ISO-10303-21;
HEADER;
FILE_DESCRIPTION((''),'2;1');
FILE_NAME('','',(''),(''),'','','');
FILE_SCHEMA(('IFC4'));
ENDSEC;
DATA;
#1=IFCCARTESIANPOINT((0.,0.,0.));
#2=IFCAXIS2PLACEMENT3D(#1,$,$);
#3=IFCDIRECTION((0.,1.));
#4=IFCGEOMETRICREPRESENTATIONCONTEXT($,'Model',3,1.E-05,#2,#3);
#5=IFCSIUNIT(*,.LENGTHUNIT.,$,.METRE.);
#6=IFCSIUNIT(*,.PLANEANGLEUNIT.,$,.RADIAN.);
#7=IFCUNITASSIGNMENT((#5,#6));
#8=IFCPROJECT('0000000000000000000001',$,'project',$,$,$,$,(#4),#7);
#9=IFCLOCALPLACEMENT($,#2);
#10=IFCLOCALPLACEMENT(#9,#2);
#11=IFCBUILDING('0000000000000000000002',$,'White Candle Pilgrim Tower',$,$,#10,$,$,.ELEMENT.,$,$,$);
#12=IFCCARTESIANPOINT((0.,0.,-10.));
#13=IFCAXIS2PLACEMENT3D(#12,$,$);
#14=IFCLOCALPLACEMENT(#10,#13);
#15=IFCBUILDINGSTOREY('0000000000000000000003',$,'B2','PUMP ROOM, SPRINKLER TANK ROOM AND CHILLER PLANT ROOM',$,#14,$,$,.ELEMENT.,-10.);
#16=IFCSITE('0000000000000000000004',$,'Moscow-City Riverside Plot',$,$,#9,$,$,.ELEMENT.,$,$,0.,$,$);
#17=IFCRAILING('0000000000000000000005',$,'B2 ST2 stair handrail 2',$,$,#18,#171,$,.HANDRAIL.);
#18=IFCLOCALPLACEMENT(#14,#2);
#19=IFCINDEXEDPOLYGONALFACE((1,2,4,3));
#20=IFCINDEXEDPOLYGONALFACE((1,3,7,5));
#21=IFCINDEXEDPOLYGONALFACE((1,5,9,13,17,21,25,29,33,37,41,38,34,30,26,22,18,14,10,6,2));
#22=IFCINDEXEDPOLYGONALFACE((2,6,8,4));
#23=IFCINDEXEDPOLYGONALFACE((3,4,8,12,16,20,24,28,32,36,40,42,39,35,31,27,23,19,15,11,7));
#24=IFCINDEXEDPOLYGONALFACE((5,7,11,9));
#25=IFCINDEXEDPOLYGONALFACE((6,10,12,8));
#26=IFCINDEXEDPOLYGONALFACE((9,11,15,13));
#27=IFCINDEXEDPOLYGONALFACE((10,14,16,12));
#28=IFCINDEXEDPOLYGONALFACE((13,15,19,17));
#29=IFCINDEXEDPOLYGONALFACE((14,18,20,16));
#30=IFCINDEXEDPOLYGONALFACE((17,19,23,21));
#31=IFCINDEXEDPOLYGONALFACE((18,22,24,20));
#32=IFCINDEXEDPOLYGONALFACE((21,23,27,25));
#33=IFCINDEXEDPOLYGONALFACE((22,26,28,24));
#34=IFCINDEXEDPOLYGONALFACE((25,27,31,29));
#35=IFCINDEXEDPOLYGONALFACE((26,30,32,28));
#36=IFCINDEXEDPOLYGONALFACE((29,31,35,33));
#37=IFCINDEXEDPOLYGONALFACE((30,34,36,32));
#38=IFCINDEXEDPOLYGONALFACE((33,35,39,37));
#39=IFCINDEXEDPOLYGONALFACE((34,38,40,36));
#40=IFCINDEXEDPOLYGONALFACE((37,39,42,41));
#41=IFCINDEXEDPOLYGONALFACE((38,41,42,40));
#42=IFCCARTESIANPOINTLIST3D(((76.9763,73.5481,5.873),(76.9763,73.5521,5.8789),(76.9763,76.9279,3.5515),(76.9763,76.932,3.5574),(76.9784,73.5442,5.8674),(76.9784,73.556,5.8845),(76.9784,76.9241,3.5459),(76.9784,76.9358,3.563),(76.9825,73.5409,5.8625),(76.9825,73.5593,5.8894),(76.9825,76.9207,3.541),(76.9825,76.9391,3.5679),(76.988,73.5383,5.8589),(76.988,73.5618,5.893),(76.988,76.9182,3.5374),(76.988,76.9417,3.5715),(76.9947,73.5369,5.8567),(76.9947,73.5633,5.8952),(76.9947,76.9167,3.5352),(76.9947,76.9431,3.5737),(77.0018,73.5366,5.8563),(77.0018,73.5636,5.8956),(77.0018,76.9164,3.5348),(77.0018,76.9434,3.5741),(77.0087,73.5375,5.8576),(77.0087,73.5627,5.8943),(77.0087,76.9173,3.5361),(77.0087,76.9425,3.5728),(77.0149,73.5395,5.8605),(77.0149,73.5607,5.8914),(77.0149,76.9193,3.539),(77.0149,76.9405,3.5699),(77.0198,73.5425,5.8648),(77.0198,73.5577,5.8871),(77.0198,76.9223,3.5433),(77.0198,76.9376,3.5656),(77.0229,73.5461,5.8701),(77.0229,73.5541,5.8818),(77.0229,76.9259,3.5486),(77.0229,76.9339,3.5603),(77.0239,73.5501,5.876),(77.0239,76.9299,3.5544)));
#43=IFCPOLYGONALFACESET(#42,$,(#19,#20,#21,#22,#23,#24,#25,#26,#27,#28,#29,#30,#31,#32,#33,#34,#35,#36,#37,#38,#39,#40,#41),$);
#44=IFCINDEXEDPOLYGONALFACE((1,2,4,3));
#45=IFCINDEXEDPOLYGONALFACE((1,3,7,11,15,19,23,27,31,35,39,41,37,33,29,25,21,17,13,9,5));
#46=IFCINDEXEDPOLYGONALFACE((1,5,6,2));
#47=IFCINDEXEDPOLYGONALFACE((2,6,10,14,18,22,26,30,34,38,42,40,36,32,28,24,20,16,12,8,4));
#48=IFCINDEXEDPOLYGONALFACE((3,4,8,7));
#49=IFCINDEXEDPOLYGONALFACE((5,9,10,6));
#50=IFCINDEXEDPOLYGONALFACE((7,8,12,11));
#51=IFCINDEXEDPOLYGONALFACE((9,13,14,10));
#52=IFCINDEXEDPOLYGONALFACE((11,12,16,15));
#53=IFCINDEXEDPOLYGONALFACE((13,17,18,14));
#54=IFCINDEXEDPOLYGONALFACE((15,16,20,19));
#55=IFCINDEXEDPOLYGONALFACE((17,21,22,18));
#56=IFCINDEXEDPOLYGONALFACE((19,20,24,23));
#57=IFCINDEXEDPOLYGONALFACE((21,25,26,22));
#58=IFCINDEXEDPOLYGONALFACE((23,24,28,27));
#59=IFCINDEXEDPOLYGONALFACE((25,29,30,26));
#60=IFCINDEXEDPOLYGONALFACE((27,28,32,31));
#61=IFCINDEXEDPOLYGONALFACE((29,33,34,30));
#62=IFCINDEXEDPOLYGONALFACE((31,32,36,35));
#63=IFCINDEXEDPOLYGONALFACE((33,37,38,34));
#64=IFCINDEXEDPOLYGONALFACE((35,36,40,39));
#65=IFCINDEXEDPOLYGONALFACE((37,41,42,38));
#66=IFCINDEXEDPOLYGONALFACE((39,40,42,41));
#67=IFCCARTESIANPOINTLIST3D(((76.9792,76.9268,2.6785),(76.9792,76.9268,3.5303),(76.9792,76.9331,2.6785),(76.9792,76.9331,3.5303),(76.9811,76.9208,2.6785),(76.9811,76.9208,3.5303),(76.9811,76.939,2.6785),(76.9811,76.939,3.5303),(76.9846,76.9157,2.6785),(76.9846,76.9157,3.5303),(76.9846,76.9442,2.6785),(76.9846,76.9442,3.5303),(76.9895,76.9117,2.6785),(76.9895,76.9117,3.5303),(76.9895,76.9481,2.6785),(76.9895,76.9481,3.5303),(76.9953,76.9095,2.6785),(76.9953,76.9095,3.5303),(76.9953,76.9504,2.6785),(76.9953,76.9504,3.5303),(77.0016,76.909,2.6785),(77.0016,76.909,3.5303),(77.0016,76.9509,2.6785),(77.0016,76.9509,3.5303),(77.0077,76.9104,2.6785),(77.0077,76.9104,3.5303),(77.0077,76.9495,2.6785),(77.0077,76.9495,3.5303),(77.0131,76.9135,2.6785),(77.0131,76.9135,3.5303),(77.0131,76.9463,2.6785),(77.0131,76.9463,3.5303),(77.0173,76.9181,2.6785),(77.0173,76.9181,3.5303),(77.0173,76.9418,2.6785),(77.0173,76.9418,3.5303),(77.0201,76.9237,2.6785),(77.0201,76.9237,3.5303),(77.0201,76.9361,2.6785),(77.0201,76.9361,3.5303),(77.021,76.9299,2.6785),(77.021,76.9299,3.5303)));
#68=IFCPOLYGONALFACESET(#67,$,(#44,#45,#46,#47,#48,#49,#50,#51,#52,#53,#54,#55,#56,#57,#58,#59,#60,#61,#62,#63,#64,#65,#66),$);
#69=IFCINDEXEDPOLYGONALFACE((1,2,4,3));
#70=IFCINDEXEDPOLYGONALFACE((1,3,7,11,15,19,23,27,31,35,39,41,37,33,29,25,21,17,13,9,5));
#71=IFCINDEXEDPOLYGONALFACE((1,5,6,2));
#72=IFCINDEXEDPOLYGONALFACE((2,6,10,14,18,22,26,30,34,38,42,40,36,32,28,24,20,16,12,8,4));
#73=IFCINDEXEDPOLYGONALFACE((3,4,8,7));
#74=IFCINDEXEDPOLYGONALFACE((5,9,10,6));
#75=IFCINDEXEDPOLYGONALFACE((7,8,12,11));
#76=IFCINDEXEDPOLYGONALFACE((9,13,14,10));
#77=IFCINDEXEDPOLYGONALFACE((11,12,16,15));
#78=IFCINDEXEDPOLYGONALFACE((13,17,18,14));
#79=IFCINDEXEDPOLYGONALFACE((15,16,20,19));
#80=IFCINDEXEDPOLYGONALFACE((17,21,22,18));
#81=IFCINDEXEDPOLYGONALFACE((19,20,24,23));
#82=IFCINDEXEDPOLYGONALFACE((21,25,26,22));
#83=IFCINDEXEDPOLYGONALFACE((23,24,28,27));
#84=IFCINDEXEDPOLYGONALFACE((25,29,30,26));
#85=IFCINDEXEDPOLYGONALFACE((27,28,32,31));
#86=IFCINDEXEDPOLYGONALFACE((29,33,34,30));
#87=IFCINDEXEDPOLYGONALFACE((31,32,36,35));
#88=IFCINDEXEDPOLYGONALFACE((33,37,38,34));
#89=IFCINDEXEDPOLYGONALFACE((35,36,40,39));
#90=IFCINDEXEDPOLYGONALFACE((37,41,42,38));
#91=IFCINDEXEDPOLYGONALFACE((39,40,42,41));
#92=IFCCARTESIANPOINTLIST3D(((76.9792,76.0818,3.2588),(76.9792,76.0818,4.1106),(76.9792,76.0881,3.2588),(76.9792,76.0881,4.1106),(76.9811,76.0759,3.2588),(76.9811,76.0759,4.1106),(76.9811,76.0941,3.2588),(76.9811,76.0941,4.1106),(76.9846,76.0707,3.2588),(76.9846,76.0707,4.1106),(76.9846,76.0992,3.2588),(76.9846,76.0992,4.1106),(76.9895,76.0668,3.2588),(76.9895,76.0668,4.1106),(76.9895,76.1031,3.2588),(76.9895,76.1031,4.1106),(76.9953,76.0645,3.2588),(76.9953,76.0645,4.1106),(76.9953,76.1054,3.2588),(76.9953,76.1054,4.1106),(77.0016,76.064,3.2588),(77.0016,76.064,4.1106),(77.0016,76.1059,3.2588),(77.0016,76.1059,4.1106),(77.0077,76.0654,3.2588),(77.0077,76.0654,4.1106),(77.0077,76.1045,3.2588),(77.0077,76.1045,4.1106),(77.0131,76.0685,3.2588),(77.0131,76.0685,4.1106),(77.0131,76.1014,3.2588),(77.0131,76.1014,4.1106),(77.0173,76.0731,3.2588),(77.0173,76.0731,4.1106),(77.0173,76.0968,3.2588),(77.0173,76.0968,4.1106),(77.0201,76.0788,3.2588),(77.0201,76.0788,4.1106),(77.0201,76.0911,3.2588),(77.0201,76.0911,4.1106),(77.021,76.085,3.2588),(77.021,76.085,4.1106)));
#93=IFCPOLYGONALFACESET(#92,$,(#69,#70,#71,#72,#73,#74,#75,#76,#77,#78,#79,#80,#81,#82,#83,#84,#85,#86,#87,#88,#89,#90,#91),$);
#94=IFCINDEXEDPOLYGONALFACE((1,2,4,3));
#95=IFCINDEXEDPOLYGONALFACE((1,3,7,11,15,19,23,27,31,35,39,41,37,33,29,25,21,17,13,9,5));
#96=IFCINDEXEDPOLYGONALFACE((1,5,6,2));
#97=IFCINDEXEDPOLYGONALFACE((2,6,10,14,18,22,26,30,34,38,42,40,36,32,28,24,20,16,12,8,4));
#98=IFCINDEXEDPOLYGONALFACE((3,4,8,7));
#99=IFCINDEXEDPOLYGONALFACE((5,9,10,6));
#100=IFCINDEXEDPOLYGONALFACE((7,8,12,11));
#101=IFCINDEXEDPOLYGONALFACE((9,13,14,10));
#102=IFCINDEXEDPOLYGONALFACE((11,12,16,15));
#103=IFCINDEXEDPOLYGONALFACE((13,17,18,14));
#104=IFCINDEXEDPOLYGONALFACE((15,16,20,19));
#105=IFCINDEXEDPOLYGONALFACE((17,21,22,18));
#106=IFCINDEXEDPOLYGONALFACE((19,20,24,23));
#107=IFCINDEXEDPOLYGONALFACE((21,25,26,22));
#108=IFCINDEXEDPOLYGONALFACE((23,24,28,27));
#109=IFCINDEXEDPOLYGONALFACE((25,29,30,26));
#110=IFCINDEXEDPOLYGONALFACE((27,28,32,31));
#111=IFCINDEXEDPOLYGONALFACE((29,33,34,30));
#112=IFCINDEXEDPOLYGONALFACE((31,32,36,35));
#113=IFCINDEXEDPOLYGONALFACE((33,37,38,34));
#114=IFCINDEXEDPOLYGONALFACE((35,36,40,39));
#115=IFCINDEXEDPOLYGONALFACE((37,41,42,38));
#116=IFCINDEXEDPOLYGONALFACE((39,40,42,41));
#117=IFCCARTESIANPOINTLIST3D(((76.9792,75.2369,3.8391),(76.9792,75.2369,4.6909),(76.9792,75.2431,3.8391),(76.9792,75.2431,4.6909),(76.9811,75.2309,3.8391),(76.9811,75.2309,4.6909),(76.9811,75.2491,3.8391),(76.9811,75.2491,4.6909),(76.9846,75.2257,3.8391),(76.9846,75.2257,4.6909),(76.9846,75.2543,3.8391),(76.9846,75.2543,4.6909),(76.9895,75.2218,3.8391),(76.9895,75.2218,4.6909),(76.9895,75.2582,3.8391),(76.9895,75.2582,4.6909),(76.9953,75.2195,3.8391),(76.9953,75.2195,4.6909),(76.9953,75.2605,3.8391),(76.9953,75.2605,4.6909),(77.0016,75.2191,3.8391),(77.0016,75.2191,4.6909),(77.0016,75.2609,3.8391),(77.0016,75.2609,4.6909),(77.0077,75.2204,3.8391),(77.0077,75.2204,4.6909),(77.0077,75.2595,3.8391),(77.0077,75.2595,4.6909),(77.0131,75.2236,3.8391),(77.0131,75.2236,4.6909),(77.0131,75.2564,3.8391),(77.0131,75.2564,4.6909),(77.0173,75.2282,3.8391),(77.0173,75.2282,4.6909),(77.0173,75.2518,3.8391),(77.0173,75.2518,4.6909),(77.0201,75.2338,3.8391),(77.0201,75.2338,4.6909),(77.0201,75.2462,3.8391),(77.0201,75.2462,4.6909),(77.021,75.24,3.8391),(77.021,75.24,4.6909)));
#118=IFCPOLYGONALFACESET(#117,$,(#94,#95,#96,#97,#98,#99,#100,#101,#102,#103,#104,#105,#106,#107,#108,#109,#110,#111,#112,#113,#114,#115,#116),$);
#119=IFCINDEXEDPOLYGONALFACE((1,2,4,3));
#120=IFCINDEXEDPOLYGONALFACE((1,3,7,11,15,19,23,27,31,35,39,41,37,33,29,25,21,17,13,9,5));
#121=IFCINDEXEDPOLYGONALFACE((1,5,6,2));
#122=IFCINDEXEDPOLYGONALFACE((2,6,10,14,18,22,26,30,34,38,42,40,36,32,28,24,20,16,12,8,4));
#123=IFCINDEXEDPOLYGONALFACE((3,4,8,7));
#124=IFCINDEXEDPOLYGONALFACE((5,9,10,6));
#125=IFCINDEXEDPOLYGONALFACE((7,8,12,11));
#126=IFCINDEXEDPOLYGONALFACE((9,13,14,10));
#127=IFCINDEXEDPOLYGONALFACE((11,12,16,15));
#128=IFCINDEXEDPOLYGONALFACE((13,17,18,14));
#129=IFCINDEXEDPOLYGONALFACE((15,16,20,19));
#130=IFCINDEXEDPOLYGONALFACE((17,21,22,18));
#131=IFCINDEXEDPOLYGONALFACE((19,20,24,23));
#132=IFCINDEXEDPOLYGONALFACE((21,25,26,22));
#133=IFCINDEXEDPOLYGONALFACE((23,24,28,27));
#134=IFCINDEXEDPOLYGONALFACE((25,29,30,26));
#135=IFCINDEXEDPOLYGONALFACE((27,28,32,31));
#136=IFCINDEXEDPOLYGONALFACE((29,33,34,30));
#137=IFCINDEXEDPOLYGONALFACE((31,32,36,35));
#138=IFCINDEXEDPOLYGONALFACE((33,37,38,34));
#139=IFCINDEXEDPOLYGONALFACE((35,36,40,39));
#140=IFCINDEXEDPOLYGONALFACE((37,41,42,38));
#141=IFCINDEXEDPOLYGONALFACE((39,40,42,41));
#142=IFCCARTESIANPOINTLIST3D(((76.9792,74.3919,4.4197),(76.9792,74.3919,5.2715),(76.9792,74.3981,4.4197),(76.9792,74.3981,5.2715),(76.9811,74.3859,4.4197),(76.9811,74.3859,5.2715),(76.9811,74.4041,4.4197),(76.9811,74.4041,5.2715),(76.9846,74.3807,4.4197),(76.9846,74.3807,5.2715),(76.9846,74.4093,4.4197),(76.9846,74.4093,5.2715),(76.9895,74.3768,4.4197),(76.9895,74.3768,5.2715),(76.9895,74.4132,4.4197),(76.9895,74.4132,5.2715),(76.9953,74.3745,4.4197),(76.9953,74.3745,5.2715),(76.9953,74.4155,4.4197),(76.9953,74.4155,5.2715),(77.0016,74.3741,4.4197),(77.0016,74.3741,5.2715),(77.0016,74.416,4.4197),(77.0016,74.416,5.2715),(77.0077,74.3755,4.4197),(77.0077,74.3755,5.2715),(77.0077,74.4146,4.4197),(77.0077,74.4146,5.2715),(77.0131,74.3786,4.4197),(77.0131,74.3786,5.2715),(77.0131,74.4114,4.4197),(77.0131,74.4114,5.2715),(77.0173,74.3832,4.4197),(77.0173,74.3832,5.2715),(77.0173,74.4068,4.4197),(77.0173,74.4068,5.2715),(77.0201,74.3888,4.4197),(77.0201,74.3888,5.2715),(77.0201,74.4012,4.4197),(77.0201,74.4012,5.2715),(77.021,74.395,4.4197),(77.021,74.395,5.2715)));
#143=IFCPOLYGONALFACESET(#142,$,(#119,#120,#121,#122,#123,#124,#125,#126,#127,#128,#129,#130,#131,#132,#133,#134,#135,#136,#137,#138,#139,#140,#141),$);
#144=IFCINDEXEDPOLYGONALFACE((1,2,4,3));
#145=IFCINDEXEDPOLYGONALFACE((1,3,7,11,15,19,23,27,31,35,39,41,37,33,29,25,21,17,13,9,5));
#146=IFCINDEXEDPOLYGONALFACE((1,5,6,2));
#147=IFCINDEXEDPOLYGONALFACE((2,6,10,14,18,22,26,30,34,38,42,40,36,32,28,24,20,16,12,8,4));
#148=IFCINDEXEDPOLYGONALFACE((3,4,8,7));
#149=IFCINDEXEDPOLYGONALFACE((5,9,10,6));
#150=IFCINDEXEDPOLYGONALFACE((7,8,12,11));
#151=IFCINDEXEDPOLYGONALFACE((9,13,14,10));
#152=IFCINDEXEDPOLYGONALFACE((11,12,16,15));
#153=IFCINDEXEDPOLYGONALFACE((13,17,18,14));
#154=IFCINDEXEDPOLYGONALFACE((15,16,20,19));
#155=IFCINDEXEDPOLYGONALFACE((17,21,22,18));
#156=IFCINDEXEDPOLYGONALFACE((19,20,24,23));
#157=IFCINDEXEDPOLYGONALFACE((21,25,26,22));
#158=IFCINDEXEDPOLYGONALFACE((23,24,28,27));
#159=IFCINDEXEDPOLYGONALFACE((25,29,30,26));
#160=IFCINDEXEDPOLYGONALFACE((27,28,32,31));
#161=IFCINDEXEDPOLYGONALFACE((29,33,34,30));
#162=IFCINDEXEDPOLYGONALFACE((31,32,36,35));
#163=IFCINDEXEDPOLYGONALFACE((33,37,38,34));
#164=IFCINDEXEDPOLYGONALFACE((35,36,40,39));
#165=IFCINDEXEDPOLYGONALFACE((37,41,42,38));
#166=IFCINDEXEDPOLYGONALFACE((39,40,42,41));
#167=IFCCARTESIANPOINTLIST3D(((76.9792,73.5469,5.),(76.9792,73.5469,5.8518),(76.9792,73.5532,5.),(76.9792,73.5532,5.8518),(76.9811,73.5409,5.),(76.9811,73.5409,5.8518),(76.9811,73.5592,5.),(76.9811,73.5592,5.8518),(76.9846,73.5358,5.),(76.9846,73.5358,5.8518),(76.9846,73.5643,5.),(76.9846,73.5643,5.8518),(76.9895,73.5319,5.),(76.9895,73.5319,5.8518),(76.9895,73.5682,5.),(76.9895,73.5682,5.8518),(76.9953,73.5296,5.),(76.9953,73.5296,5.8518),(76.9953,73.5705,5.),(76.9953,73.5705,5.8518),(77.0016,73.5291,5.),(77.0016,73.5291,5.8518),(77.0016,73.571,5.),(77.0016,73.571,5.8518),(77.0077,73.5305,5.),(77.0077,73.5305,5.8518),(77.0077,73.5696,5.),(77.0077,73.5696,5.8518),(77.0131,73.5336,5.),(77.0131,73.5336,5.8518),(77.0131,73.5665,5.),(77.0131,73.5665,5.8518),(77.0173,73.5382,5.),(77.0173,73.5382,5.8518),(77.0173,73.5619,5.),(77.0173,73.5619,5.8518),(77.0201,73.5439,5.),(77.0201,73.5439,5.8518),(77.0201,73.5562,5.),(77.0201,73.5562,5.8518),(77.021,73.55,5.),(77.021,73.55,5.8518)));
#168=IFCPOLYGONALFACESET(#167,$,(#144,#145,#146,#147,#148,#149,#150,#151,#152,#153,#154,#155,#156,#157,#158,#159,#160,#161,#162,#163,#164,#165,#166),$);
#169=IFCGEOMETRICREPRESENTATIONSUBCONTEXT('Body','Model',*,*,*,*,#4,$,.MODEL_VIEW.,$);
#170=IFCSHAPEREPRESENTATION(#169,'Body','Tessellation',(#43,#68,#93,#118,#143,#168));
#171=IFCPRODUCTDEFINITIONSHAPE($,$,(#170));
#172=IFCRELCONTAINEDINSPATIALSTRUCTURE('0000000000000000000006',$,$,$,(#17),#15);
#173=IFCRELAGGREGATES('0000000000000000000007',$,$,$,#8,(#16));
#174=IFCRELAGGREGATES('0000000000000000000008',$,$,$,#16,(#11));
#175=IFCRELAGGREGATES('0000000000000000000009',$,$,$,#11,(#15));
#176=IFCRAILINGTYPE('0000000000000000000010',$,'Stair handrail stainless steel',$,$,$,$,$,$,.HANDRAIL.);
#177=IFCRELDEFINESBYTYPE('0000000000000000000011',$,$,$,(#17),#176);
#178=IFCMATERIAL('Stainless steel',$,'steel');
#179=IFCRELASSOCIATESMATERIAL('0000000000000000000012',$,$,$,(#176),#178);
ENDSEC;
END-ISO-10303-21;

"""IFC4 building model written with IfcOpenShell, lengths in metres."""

from ifc_helpers import new_model, si_unit, direction, frame, origin, origin_2d, place, context, subcontext, project, spatial, circle, extrude, material, type_object, element, save


model = new_model("IFC4")

# Units and contexts
model_context = context("Model", 3, precision=1e-05, world=origin(), true_north=direction((0.0, 1.0)))
body_context = subcontext(model_context, "Body", "Model", "MODEL_VIEW")
ifc_project = project(units=[si_unit("LENGTHUNIT", "METRE"), si_unit("PLANEANGLEUNIT", "RADIAN")], contexts=[model_context])

# Site, building, storey
site_placement = place(None, origin())
site = spatial("IfcSite", under=ifc_project, at=site_placement, Name="Moscow-City Riverside Plot", CompositionType="ELEMENT", RefElevation=0.0)
building_placement = place(site_placement, origin())
building = spatial("IfcBuilding", under=site, at=building_placement, Name="White Candle Pilgrim Tower", CompositionType="ELEMENT")
storey_placement = place(building_placement, frame((0.0, 0.0, -10.0)))
storey = spatial("IfcBuildingStorey", under=building, at=storey_placement, Name="B2", Description="PUMP ROOM, SPRINKLER TANK ROOM AND CHILLER PLANT ROOM", CompositionType="ELEMENT", Elevation=-10.0)

# Railing
ifc_material_1 = material(Name="Stainless steel", Category="steel")
railing_type_1 = type_object("IfcRailingType", Name="Stair handrail stainless steel", PredefinedType="HANDRAIL", material=ifc_material_1)
railing_1_placement = place(storey_placement, frame((77.0, 76.9299, 2.6785)))
element("IfcRailing", 1, at=railing_1_placement, inside=storey, type_object=railing_type_1, Name="B2 ST2 stair handrail 2", PredefinedType="HANDRAIL", context=body_context, shape_type="SweptSolid", body=[
    extrude(circle(Radius=0.0239, at=origin_2d()), frame((0.0, 0.0, 0.876), z_axis=(0.0, -0.824285, 0.566175), x_axis=(1.0, 0.0, 0.0)), (0.0, 0.0, 1.0), 4.1003),
    extrude(circle(Radius=0.021, at=origin_2d()), origin(), (0.0, 0.0, 1.0), 0.8518),
    extrude(circle(Radius=0.021, at=origin_2d()), frame((0.0, -0.845, 0.5803)), (0.0, 0.0, 1.0), 0.8518),
    extrude(circle(Radius=0.021, at=origin_2d()), frame((0.0, -1.6899, 1.1606)), (0.0, 0.0, 1.0), 0.8518),
    extrude(circle(Radius=0.021, at=origin_2d()), frame((0.0, -2.5349, 1.7412)), (0.0, 0.0, 1.0), 0.8518),
    extrude(circle(Radius=0.021, at=origin_2d()), frame((0.0, -3.3799, 2.3215)), (0.0, 0.0, 1.0), 0.8518),
])

save(model, "model.ifc")
